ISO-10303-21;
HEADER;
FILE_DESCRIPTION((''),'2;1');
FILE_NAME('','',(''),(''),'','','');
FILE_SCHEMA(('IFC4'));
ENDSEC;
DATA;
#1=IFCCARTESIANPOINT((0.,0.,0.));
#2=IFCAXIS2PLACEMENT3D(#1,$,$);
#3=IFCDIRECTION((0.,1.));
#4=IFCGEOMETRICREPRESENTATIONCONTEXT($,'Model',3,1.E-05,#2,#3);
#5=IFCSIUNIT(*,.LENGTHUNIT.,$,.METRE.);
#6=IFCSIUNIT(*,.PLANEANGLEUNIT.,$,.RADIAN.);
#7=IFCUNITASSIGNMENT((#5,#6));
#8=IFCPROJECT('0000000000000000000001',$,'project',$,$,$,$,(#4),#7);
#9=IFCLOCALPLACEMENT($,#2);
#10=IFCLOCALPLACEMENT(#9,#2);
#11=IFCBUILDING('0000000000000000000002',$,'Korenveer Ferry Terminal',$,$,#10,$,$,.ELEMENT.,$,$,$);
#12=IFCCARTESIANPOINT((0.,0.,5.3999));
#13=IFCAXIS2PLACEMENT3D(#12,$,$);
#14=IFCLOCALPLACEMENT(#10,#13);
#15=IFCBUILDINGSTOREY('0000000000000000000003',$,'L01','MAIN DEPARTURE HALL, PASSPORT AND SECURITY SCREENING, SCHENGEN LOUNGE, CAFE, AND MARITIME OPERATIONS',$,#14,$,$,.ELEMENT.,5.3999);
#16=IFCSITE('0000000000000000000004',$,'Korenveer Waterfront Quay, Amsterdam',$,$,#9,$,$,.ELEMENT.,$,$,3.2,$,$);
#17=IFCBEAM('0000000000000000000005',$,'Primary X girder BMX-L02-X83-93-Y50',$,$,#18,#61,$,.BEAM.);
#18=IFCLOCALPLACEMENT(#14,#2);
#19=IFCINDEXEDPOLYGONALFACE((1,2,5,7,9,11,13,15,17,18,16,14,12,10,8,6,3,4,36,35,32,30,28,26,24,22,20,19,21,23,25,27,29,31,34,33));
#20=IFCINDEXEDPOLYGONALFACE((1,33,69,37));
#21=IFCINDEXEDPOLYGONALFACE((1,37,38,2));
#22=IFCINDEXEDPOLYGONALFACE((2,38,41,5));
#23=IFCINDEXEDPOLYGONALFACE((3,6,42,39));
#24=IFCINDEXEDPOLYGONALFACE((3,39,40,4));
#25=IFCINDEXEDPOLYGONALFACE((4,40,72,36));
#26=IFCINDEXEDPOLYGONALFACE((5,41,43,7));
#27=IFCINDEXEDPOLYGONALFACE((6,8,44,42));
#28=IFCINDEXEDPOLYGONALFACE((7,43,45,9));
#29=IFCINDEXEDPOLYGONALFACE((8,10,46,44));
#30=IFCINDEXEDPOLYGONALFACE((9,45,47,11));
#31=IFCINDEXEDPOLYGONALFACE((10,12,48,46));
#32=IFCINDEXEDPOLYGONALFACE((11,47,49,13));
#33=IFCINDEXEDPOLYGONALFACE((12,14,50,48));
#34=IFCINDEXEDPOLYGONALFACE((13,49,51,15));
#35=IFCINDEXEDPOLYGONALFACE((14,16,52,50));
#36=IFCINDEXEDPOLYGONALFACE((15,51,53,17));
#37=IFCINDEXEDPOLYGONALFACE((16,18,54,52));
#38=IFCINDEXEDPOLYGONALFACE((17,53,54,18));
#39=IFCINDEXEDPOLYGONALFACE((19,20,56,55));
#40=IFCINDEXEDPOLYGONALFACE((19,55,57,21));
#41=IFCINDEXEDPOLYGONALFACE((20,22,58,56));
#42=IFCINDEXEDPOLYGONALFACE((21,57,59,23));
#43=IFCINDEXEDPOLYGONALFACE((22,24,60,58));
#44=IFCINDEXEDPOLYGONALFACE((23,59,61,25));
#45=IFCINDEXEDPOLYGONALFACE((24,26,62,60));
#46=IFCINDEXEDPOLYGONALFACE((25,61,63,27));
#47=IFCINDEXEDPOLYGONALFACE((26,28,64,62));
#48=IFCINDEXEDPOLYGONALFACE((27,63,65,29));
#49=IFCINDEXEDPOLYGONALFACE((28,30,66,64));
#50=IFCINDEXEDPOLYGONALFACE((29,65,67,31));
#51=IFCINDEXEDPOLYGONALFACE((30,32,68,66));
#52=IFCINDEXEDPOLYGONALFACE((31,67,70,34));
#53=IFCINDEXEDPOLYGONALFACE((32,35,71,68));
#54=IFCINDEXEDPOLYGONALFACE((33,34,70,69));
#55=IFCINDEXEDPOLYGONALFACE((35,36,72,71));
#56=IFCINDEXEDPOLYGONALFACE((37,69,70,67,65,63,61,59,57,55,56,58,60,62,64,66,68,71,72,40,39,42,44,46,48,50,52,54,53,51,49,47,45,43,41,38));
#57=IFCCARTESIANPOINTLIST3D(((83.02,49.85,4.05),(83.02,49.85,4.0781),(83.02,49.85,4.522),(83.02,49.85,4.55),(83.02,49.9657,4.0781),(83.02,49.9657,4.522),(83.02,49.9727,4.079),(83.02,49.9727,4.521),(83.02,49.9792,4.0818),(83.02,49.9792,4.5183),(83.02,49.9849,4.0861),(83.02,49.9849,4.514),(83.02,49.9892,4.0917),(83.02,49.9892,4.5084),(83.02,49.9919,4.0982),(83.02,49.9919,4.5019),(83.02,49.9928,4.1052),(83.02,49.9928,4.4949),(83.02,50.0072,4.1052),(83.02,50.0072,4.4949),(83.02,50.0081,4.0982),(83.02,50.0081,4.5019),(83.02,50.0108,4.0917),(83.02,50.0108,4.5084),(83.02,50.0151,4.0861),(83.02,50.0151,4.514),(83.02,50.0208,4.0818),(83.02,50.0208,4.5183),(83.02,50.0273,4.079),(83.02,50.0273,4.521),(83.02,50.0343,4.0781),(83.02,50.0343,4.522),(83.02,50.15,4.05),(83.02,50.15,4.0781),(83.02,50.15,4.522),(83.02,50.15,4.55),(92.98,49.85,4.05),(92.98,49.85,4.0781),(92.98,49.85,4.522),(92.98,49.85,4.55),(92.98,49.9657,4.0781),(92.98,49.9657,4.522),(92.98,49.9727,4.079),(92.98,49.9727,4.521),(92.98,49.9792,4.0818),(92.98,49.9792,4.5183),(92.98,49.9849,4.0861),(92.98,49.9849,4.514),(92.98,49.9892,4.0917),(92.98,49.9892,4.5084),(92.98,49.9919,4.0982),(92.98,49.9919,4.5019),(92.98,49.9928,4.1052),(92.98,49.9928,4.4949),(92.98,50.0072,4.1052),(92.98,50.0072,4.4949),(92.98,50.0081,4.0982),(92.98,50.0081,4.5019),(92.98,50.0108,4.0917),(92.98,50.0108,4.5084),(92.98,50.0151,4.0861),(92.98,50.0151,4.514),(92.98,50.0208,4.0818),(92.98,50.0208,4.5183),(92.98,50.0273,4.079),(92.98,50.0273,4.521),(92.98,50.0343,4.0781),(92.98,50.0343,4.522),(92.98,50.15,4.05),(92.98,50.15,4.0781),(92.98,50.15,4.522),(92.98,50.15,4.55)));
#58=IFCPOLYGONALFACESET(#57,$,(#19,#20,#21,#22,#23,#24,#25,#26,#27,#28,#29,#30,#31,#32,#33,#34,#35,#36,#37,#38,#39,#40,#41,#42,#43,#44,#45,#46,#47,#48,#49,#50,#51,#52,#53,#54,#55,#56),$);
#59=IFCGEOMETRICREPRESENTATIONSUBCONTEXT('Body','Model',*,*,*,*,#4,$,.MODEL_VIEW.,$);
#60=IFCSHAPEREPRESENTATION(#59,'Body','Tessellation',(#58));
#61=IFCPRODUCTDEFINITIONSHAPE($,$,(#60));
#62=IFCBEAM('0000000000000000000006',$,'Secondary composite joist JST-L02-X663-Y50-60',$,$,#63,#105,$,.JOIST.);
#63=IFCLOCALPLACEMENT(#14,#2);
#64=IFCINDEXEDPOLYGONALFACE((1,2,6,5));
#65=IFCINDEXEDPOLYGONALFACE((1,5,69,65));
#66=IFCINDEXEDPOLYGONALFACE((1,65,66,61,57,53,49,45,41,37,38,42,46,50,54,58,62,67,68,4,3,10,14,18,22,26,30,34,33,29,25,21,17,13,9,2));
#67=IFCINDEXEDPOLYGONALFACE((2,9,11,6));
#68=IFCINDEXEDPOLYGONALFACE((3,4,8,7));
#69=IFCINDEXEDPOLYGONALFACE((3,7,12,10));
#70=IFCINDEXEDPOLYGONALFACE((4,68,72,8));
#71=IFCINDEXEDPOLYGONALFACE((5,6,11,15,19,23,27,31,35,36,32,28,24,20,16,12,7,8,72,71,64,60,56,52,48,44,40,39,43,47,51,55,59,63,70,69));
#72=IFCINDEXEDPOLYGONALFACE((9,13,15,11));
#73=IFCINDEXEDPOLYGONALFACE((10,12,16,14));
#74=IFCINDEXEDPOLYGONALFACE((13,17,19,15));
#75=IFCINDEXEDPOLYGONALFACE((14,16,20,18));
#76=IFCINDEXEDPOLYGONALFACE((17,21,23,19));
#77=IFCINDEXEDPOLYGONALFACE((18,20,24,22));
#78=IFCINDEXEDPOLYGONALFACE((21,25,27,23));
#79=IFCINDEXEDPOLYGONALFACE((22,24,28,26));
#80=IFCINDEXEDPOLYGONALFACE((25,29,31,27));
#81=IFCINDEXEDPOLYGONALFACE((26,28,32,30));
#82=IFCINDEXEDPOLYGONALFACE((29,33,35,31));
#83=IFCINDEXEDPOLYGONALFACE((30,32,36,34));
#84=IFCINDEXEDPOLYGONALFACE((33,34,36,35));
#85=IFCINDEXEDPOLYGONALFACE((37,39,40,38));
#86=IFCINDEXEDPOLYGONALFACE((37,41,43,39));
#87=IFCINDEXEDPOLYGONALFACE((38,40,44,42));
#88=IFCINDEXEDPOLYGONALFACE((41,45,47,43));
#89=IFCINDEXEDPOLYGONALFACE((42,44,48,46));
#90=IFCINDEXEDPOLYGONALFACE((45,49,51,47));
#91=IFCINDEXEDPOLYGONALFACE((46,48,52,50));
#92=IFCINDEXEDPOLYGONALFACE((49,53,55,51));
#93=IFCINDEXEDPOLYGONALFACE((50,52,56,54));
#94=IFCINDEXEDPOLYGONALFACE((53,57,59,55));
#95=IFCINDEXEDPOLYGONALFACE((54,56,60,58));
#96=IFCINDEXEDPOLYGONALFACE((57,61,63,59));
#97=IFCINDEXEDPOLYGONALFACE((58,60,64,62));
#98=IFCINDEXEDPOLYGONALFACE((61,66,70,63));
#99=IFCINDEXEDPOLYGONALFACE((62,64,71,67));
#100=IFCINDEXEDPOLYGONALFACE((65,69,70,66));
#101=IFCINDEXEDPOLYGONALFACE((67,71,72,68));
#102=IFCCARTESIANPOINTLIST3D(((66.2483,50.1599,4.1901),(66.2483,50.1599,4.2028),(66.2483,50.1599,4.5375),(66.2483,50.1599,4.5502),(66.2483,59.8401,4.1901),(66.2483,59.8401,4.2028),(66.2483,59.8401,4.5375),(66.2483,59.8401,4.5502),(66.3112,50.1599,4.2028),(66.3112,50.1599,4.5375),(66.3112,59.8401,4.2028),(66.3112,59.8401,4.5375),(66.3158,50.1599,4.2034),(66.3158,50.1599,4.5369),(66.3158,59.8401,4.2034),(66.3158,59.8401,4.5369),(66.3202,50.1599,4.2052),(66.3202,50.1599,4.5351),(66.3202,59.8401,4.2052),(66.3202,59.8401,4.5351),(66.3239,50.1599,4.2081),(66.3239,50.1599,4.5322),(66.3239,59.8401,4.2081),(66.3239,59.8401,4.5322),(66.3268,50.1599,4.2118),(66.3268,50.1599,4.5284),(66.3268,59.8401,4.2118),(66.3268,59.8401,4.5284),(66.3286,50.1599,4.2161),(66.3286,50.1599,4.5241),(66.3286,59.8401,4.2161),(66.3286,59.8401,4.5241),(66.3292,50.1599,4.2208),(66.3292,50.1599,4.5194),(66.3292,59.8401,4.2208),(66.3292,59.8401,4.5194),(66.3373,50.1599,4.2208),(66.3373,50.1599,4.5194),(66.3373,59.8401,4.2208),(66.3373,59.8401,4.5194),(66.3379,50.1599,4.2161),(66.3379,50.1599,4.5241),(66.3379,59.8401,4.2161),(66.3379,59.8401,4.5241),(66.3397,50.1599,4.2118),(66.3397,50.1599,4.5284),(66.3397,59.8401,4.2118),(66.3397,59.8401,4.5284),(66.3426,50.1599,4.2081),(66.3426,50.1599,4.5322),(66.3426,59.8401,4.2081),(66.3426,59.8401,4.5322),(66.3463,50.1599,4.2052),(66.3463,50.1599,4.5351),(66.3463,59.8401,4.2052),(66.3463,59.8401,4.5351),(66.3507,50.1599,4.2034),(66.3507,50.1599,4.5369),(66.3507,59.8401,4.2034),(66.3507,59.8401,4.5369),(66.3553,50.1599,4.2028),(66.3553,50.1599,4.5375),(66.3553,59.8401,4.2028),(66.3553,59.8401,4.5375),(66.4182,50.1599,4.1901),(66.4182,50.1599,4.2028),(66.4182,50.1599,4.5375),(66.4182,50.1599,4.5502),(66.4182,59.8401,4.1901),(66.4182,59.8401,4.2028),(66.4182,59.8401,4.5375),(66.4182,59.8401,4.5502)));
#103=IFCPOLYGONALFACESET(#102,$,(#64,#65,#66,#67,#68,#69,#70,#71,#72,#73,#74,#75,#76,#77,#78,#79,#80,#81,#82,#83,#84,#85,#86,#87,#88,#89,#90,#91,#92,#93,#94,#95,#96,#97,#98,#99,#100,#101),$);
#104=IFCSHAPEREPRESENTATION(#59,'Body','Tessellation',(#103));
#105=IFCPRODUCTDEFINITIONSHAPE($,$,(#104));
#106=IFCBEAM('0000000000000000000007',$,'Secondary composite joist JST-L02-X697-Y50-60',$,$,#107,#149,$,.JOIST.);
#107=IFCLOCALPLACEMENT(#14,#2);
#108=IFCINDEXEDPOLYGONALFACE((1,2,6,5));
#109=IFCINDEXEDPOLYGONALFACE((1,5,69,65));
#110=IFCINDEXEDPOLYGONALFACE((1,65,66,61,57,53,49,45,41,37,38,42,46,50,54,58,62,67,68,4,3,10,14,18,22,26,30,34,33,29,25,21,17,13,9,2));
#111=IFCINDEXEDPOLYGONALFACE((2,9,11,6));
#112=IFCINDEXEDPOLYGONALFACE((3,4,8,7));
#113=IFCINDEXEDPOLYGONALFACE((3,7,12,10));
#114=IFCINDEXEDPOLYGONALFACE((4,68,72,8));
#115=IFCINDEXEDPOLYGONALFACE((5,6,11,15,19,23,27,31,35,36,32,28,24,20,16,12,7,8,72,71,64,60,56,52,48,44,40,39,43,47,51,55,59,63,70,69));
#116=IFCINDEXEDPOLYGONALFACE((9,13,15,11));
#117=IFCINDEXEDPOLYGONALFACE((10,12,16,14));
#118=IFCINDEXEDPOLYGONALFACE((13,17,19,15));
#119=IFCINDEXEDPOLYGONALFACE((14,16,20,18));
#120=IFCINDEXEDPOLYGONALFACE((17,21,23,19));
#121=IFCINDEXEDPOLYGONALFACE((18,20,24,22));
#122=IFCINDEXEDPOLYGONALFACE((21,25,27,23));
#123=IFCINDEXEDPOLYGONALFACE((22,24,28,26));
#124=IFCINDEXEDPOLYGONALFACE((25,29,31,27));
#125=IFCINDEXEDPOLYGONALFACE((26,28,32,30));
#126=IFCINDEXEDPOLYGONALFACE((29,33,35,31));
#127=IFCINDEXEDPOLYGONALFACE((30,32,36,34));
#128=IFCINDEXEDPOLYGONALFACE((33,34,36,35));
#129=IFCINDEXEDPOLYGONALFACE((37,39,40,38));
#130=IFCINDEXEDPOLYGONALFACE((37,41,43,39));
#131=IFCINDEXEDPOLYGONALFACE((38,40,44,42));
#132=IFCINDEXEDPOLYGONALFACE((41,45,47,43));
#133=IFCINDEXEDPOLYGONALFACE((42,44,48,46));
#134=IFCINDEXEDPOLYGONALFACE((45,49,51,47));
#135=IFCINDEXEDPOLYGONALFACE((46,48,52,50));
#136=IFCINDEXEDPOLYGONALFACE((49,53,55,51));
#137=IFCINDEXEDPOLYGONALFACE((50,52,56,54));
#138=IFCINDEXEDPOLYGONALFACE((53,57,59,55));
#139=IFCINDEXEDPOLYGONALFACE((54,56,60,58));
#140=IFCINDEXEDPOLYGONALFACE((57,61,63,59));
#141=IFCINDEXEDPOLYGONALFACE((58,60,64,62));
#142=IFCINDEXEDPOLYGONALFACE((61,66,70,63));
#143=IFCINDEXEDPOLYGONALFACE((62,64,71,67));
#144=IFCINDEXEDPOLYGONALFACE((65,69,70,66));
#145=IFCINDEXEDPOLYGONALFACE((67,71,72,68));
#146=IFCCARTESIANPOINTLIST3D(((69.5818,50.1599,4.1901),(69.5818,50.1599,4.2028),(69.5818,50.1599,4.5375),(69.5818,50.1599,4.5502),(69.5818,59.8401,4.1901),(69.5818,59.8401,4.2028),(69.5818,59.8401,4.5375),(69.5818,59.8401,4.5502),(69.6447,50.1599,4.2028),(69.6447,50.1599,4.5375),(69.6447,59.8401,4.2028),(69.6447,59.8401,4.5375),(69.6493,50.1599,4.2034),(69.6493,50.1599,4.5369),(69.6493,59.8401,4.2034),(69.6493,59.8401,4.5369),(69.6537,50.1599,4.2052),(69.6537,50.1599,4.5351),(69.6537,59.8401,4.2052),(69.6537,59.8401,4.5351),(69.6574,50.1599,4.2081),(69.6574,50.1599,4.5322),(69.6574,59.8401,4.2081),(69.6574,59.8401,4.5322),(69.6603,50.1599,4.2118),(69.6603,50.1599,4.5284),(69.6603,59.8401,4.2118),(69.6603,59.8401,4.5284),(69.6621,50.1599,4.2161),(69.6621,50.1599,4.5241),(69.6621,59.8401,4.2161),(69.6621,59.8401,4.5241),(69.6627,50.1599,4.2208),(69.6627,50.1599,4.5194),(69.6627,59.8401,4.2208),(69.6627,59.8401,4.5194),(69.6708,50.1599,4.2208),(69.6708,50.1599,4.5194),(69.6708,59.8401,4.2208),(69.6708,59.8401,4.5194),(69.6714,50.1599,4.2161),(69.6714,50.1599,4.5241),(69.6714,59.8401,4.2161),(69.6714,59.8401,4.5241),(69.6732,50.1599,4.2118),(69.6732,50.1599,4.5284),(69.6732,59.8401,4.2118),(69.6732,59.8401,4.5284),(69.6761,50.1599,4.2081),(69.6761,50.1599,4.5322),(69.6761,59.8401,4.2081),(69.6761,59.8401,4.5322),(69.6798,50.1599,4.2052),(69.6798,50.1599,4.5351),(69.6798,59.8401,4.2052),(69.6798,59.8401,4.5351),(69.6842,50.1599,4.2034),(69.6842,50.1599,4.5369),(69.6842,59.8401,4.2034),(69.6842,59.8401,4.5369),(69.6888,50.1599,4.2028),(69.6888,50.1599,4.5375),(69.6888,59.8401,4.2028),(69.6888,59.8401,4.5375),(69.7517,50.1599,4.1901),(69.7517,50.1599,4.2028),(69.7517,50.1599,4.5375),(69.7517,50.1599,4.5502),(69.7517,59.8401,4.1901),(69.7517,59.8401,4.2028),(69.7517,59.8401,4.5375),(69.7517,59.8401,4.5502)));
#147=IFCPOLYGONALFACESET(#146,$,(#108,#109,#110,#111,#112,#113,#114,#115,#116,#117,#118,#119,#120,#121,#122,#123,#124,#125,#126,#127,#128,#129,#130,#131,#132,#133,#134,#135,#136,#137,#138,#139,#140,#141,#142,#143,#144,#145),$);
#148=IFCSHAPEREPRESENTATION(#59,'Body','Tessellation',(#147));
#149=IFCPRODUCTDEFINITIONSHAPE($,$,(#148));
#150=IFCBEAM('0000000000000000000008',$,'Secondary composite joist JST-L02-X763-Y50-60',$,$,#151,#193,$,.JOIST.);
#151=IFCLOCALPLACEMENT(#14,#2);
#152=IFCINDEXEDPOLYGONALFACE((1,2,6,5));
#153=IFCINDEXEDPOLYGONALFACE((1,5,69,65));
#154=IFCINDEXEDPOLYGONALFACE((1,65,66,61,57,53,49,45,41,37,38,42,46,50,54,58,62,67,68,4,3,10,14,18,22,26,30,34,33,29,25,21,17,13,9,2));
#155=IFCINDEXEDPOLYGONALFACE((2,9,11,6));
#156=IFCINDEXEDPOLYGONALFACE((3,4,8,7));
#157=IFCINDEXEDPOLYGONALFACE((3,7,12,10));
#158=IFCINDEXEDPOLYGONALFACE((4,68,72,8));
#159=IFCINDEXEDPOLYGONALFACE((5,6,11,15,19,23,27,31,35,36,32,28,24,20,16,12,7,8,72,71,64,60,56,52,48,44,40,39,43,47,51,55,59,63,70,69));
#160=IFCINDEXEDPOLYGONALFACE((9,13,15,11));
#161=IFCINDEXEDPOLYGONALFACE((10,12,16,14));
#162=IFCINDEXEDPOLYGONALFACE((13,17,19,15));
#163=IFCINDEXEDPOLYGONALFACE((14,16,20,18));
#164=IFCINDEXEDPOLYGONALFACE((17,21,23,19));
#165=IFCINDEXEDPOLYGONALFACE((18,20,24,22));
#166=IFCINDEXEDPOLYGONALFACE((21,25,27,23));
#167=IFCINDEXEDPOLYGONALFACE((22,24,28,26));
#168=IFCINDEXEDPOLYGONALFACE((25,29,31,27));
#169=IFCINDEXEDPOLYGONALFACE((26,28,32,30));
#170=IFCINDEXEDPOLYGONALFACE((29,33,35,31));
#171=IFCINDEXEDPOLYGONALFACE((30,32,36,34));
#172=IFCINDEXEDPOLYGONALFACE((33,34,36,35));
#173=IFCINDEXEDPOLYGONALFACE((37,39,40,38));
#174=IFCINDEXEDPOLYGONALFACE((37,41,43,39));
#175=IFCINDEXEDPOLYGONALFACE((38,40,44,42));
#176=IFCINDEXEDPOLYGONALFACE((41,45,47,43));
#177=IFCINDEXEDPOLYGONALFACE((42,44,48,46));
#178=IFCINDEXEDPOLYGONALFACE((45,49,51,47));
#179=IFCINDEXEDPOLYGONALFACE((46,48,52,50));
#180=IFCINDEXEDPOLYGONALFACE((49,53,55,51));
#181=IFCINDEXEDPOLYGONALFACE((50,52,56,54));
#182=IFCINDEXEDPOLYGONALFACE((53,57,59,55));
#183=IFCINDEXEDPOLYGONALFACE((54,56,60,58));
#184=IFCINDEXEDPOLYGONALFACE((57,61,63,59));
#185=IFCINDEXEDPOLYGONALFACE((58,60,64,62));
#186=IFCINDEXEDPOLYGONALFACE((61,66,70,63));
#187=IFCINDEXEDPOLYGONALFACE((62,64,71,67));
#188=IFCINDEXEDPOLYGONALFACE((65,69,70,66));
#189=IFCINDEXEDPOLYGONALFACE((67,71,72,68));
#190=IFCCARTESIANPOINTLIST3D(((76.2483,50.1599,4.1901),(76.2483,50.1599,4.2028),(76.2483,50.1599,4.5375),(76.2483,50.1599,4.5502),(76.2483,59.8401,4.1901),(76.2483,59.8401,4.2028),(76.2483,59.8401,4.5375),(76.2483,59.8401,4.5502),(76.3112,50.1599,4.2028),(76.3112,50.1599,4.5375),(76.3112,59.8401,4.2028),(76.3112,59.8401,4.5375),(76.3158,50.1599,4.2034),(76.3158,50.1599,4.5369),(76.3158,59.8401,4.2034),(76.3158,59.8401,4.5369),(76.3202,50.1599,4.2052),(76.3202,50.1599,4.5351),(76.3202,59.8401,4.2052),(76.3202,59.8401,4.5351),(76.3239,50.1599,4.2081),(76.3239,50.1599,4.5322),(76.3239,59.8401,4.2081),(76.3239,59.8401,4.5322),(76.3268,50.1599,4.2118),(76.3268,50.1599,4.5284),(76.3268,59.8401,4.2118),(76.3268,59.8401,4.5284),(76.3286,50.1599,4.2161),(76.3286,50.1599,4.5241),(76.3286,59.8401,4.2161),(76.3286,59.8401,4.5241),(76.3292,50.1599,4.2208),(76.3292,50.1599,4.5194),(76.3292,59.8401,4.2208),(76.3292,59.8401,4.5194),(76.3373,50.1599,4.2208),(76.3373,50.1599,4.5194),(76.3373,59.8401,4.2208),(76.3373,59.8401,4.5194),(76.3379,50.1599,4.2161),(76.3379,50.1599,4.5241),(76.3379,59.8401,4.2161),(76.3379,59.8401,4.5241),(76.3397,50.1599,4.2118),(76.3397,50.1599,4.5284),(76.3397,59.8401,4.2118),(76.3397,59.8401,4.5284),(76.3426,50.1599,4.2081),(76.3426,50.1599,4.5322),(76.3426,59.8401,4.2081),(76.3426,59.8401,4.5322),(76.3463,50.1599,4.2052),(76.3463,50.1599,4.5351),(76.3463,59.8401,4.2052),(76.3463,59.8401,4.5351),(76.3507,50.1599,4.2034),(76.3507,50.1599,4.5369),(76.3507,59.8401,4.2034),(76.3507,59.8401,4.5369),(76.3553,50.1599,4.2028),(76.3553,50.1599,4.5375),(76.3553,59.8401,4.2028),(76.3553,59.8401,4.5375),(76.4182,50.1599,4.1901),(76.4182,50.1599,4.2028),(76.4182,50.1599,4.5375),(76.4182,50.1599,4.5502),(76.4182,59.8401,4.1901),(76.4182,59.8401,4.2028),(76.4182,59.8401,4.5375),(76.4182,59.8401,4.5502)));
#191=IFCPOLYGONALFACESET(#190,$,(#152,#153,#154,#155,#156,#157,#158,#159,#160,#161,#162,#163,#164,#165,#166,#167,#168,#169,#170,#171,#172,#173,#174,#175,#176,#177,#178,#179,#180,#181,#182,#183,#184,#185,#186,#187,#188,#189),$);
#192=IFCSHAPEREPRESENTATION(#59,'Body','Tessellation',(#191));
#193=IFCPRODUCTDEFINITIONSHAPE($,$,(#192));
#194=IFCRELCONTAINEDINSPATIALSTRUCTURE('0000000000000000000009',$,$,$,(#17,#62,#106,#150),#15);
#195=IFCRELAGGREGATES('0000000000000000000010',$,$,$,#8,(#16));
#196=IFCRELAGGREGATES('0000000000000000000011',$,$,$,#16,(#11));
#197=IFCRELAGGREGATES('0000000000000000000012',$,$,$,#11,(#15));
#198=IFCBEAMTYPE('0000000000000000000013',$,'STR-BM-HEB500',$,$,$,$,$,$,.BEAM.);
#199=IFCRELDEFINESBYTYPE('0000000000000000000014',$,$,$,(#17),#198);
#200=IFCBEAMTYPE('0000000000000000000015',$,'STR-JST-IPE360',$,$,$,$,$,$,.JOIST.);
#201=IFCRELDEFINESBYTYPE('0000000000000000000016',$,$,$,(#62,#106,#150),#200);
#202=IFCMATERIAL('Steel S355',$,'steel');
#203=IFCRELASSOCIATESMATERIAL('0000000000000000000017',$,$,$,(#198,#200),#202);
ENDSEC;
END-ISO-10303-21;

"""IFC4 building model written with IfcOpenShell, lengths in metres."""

from ifc_helpers import new_model, si_unit, direction, frame, origin, origin_2d, place, context, subcontext, project, spatial, i_section, extrude, material, material_profile, profile_set, type_object, element, save


model = new_model("IFC4")

# Units and contexts
model_context = context("Model", 3, precision=1e-05, world=origin(), true_north=direction((0.0, 1.0)))
body_context = subcontext(model_context, "Body", "Model", "MODEL_VIEW")
ifc_project = project(units=[si_unit("LENGTHUNIT", "METRE"), si_unit("PLANEANGLEUNIT", "RADIAN")], contexts=[model_context])

# Site, building, storey
site_placement = place(None, origin())
site = spatial("IfcSite", under=ifc_project, at=site_placement, Name="Korenveer Waterfront Quay, Amsterdam", CompositionType="ELEMENT", RefElevation=3.2)
building_placement = place(site_placement, origin())
building = spatial("IfcBuilding", under=site, at=building_placement, Name="Korenveer Ferry Terminal", CompositionType="ELEMENT")
storey_placement = place(building_placement, frame((0.0, 0.0, 5.3999)))
storey = spatial("IfcBuildingStorey", under=building, at=storey_placement, Name="L01", Description="MAIN DEPARTURE HALL, PASSPORT AND SECURITY SCREENING, SCHENGEN LOUNGE, CAFE, AND MARITIME OPERATIONS", CompositionType="ELEMENT", Elevation=5.3999)

# Shared definitions
ifc_material = material(Name="Steel S355", Category="steel")

# Beams
ifc_material_profile_1 = material_profile(ifc_material, i_section(OverallWidth=0.3, OverallDepth=0.5, WebThickness=0.0144, FlangeThickness=0.0281, FilletRadius=0.0271, at=origin_2d()), Name="HEB 500")
ifc_profile_set_1 = profile_set([ifc_material_profile_1], Name="Steel S355")
beam_type_1 = type_object("IfcBeamType", Name="STR-BM-HEB500", PredefinedType="BEAM", material=ifc_profile_set_1)
for number, where, z_axis, x_axis, name in (
    (1, (83.02, 50.0, 4.3), (1.0, 0.0, 0.0), (0.0, 1.0, 0.0), "Primary X girder BMX-L02-X83-93-Y50"),
):
    element("IfcBeam", number, at=place(storey_placement, frame(where, z_axis=z_axis, x_axis=x_axis)), inside=storey, type_object=beam_type_1, Name=name, PredefinedType="BEAM", context=body_context, shape_type="SweptSolid", body=[
        extrude(i_section(OverallWidth=0.3, OverallDepth=0.5, WebThickness=0.0144, FlangeThickness=0.0281, FilletRadius=0.0271, at=origin_2d()), origin(), (0.0, 0.0, 1.0), 9.96),
    ])
ifc_material_profile_2 = material_profile(ifc_material, i_section(OverallWidth=0.1699, OverallDepth=0.3601, WebThickness=0.0081, FlangeThickness=0.0127, FilletRadius=0.0181, at=origin_2d()), Name="IPE 360")
ifc_profile_set_2 = profile_set([ifc_material_profile_2], Name="Steel S355")
beam_type_2 = type_object("IfcBeamType", Name="STR-JST-IPE360", PredefinedType="JOIST", material=ifc_profile_set_2)
for number, where, z_axis, x_axis, name in (
    (2, (66.3333, 50.1599, 4.3701), (0.0, 1.0, 0.0), (-1.0, 0.0, 0.0), "Secondary composite joist JST-L02-X663-Y50-60"),
    (3, (69.6667, 50.1599, 4.3701), (0.0, 1.0, 0.0), (-1.0, 0.0, 0.0), "Secondary composite joist JST-L02-X697-Y50-60"),
    (4, (76.3333, 50.1599, 4.3701), (0.0, 1.0, 0.0), (-1.0, 0.0, 0.0), "Secondary composite joist JST-L02-X763-Y50-60"),
):
    element("IfcBeam", number, at=place(storey_placement, frame(where, z_axis=z_axis, x_axis=x_axis)), inside=storey, type_object=beam_type_2, Name=name, PredefinedType="JOIST", context=body_context, shape_type="SweptSolid", body=[
        extrude(i_section(OverallWidth=0.1699, OverallDepth=0.3601, WebThickness=0.0081, FlangeThickness=0.0127, FilletRadius=0.0181, at=origin_2d()), origin(), (0.0, 0.0, 1.0), 9.6802),
    ])

save(model, "model.ifc")
